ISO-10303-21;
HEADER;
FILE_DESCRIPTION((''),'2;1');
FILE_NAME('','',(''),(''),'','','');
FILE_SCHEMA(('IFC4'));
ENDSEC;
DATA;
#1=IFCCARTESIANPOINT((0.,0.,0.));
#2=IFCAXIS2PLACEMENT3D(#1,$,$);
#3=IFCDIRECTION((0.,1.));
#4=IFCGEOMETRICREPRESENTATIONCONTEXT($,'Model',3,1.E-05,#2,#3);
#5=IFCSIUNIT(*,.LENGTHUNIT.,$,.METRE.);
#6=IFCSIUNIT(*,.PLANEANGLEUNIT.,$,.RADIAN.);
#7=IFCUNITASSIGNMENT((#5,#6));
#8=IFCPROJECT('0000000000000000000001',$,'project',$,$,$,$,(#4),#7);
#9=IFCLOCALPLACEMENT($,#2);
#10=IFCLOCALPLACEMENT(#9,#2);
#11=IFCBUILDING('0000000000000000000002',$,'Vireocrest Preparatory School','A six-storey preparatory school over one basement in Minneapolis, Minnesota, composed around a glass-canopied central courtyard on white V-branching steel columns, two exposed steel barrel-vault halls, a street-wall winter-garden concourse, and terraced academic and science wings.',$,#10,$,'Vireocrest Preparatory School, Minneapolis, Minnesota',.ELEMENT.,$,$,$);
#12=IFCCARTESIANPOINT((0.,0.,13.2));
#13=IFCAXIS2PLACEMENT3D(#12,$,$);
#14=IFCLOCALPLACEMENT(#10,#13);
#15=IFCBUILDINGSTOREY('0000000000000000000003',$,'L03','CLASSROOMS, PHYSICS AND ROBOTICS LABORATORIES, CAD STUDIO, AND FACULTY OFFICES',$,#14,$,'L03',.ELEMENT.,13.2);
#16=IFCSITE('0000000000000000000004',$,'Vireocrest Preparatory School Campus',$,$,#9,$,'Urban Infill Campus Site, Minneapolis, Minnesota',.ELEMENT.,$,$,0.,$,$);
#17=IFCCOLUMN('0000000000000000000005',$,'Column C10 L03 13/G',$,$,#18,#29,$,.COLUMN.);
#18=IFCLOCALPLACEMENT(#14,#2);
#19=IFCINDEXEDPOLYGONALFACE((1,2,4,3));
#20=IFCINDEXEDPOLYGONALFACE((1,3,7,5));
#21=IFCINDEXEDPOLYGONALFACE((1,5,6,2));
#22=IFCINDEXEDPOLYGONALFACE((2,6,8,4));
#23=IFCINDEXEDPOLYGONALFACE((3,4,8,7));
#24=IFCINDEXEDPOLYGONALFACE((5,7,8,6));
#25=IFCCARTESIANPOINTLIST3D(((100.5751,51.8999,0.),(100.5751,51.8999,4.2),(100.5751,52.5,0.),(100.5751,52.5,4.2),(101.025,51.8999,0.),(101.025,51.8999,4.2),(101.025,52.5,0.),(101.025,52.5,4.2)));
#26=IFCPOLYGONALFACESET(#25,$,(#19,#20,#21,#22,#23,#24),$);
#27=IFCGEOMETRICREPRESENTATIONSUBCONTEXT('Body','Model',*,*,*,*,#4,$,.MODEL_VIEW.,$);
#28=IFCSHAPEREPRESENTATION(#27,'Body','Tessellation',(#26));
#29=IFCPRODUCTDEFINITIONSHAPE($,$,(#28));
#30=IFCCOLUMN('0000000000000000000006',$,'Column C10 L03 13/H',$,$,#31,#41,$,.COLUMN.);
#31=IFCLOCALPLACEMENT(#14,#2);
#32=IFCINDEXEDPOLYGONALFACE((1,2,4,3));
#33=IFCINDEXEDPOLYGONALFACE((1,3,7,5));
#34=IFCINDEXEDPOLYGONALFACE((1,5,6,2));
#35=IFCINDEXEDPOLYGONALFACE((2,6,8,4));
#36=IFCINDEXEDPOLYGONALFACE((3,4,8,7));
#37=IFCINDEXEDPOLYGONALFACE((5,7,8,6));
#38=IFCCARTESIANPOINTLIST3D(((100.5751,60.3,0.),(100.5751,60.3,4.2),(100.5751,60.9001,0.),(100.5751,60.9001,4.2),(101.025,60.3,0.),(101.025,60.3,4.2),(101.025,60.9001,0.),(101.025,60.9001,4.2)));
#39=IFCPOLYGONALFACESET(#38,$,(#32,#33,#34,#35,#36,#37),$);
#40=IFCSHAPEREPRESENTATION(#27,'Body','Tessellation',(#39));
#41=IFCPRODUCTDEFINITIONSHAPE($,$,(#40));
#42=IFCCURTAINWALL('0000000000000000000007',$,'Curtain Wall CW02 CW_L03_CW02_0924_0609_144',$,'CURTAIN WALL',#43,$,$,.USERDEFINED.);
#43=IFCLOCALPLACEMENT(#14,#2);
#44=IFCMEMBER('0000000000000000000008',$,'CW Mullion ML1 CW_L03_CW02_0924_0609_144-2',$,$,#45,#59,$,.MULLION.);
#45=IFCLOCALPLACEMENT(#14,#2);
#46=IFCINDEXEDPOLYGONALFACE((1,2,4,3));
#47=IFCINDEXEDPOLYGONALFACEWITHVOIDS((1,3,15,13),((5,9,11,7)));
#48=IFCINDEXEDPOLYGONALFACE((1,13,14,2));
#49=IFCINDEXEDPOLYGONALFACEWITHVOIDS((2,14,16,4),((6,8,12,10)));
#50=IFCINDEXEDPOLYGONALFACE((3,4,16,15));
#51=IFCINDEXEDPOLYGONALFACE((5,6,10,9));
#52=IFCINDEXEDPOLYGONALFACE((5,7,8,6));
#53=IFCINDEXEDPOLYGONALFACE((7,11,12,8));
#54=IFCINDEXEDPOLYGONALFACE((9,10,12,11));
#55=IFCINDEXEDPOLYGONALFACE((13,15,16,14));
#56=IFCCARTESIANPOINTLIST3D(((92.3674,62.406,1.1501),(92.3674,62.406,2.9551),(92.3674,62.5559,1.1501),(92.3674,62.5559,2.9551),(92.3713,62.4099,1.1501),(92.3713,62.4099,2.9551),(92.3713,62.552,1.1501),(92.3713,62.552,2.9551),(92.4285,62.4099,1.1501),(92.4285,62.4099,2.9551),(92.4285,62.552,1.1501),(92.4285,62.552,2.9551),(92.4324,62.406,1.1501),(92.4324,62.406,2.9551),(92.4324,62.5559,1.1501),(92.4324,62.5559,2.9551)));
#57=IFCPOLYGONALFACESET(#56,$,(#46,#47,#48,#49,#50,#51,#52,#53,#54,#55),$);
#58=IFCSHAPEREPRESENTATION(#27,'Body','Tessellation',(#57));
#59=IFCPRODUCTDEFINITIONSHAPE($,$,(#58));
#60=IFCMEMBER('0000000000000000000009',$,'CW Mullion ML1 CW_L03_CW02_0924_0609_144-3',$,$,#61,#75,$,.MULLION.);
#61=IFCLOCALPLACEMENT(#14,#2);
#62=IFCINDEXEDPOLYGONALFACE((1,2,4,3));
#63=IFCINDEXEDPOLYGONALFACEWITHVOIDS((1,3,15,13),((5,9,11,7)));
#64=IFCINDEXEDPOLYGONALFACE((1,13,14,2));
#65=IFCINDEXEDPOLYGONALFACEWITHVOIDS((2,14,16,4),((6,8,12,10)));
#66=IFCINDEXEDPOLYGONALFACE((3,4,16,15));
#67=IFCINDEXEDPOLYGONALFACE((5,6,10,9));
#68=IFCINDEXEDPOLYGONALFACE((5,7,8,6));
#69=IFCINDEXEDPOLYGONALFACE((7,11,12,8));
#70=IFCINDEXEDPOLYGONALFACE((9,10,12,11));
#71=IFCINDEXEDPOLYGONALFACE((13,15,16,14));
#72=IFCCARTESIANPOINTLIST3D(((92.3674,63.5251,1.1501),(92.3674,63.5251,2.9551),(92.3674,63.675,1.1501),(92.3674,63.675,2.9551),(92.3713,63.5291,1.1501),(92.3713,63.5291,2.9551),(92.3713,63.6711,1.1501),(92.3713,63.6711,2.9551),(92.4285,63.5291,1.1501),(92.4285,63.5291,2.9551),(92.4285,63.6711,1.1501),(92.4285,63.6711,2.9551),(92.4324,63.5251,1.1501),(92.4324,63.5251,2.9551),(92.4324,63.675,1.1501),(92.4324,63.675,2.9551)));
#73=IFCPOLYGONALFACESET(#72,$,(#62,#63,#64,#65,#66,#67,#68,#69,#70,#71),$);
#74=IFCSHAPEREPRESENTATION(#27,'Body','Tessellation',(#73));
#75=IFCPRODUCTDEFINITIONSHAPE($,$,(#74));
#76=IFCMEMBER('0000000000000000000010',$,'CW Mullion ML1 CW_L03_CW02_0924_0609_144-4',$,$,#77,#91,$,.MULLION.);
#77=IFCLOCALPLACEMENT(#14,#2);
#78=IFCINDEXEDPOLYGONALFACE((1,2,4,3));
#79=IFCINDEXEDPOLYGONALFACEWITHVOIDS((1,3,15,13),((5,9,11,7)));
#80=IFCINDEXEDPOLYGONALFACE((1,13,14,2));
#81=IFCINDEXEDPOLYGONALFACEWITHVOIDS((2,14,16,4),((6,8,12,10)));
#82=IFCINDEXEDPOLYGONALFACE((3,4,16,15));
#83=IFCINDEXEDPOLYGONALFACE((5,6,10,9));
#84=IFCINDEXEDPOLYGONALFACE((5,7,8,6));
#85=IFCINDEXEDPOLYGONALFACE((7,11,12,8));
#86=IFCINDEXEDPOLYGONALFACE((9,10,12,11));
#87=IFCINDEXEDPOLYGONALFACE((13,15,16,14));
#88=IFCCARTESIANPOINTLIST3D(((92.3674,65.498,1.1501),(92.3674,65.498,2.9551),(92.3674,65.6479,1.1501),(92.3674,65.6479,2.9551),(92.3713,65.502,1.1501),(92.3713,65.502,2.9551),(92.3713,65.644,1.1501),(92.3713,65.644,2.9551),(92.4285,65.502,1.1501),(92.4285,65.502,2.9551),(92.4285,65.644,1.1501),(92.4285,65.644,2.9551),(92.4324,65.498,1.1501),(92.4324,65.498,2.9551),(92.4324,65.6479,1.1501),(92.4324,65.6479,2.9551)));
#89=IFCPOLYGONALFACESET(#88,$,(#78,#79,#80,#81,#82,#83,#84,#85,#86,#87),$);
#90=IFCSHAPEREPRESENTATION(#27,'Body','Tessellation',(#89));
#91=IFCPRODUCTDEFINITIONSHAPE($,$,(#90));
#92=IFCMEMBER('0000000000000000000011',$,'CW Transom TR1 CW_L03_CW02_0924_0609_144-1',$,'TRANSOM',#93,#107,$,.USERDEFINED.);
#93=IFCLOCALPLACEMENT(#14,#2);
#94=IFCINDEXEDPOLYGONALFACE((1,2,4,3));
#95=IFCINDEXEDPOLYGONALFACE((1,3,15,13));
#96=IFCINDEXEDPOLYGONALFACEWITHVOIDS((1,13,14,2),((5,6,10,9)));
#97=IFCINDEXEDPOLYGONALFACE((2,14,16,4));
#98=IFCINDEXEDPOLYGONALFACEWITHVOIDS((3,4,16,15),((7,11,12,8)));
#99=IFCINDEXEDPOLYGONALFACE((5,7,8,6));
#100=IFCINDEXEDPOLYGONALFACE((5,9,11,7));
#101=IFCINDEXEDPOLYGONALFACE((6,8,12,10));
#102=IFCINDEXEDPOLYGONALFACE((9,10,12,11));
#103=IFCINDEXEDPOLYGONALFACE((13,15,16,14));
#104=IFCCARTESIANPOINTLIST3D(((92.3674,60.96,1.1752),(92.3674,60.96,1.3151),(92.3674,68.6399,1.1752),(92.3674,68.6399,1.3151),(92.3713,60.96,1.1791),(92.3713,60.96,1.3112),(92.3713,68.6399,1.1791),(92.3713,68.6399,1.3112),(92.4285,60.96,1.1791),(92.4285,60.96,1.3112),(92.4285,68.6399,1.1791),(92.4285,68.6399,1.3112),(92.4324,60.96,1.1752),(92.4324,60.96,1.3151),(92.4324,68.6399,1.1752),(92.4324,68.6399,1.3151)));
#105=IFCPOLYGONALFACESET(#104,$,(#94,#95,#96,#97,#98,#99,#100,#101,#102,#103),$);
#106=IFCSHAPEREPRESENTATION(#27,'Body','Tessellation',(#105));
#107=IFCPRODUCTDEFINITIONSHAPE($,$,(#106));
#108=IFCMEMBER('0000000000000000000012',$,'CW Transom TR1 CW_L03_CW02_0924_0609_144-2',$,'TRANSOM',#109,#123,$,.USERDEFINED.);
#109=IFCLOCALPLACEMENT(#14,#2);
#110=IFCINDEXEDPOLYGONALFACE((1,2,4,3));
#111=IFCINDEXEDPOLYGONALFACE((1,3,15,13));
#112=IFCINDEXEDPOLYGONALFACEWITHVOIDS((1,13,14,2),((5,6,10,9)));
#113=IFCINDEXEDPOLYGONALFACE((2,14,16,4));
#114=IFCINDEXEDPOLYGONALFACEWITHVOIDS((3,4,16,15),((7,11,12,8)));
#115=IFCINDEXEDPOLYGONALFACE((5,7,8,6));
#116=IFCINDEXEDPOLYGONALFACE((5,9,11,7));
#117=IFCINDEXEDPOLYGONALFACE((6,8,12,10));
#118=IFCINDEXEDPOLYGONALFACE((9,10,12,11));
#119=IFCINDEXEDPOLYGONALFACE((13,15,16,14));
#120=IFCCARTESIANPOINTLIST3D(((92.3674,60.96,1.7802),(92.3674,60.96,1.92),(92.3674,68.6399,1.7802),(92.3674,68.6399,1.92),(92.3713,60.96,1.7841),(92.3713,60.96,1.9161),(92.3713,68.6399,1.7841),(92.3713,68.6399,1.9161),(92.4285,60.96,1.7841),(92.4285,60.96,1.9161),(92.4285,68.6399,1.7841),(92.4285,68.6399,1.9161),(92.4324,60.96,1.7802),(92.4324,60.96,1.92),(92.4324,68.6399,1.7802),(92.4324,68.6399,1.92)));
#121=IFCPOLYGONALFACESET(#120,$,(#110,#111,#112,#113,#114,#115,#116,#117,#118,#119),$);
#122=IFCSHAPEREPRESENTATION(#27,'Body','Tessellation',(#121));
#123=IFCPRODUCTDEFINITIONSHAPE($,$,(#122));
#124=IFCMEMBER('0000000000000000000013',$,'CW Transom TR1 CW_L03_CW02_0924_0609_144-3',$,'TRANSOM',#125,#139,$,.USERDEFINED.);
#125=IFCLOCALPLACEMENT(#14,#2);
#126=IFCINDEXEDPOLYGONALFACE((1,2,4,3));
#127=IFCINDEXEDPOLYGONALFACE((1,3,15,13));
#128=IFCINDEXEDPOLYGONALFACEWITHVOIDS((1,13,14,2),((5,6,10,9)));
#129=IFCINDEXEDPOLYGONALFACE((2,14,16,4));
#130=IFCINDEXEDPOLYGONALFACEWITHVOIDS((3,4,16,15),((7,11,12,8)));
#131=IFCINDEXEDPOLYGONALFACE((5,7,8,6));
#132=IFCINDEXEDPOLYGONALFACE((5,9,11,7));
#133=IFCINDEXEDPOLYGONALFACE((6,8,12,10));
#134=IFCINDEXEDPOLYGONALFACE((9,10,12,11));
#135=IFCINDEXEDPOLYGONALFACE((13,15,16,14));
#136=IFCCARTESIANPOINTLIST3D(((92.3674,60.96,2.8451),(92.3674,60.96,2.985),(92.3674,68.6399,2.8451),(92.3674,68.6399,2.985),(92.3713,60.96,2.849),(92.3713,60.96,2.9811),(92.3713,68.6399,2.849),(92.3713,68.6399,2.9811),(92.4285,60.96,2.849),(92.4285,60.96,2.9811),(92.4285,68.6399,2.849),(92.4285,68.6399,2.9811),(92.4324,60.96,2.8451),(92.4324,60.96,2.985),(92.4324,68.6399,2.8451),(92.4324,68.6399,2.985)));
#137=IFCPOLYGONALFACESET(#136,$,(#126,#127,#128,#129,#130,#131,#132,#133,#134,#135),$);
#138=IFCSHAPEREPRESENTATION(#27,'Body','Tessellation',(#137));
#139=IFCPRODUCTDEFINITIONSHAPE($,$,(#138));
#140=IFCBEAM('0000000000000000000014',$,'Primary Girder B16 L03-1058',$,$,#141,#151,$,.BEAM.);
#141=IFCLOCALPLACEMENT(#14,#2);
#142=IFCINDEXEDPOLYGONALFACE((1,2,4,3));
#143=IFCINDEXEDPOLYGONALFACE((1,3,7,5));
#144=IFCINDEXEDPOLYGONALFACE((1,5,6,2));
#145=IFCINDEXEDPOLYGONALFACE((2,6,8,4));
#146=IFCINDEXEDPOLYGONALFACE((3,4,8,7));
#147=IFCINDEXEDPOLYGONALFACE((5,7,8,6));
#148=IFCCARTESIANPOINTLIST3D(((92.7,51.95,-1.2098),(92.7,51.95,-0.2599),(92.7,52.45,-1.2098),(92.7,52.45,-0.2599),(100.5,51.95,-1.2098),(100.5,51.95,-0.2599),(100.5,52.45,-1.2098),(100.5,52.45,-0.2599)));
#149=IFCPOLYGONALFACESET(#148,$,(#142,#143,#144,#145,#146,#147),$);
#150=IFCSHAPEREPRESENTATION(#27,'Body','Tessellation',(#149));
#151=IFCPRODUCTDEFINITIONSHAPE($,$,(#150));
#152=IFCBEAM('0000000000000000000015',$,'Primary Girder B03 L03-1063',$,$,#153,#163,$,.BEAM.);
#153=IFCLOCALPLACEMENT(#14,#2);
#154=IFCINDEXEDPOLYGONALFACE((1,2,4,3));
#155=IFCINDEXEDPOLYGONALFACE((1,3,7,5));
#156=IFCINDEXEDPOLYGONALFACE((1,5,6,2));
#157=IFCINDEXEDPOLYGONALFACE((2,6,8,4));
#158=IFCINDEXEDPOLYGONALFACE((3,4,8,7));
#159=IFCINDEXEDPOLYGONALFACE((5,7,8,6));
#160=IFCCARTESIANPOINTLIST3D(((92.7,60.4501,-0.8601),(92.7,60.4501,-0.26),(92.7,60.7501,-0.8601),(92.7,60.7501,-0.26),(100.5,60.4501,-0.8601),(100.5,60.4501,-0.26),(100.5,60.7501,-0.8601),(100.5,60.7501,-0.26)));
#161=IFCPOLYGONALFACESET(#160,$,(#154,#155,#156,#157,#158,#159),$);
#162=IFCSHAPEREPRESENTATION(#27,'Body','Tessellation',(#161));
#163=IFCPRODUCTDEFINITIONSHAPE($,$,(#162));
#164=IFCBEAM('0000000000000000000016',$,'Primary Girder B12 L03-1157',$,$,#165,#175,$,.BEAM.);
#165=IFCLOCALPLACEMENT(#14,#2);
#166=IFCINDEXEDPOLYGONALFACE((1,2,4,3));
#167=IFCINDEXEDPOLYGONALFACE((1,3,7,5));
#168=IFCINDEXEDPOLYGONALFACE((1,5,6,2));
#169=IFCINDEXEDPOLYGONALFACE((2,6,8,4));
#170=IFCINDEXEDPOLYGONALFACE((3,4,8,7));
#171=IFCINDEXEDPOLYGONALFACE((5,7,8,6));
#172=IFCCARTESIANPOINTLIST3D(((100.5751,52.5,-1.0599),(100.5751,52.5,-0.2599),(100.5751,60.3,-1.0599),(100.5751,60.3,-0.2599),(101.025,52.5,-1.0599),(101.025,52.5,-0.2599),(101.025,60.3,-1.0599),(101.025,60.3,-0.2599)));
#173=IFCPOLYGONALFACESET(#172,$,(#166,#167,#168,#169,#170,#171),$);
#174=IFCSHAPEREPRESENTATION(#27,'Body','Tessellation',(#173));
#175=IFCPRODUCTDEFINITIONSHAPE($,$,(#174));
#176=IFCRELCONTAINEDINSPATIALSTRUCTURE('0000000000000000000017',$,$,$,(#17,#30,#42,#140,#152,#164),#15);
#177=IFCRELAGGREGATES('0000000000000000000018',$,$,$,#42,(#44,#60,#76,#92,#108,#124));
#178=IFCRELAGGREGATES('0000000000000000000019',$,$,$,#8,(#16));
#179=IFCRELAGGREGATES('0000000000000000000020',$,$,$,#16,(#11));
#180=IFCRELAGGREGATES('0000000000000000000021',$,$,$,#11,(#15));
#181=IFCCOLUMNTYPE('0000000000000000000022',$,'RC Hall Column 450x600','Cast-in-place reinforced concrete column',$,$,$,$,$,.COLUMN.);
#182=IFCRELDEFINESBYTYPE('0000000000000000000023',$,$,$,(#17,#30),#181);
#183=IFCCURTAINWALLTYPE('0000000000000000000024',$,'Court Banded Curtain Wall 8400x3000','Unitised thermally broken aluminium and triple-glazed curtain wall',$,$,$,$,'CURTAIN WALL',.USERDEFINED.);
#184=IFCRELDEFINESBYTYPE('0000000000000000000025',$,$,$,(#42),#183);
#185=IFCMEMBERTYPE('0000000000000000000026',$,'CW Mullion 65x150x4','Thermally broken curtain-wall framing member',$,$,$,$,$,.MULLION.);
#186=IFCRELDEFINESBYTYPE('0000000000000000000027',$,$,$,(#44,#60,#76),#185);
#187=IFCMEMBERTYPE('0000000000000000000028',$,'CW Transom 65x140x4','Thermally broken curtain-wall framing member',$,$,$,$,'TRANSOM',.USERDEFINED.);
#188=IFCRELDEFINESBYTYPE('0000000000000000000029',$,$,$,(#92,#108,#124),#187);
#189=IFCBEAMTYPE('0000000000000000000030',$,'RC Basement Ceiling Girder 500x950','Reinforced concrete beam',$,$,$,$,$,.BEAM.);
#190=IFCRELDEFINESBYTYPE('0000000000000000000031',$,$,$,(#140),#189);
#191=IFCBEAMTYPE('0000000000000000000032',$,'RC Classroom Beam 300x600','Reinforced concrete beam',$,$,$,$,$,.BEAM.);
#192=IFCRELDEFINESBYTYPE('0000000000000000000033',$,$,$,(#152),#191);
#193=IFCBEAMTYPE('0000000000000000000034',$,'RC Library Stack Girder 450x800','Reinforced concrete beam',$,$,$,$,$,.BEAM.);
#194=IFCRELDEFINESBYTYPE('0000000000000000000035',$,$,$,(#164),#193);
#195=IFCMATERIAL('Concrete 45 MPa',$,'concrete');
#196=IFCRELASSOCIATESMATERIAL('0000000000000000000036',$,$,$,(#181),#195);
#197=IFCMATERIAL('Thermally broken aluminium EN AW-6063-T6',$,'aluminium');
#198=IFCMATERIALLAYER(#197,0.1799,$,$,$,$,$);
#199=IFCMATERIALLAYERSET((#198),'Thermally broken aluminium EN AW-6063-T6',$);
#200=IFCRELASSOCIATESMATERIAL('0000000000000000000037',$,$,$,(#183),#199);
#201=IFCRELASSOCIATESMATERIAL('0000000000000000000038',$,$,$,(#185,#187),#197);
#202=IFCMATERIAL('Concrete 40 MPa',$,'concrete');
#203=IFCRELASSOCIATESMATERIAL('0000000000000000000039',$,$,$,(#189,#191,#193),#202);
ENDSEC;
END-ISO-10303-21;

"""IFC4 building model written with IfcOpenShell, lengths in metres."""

from ifc_helpers import new_model, si_unit, direction, frame, origin, origin_2d, place, context, subcontext, project, spatial, rectangle, hollow_rectangle, extrude, material, layer, layer_set, material_profile, profile_set, type_object, element, aggregate, save


model = new_model("IFC4")

# Units and contexts
model_context = context("Model", 3, precision=1e-05, world=origin(), true_north=direction((0.0, 1.0)))
body_context = subcontext(model_context, "Body", "Model", "MODEL_VIEW")
ifc_project = project(units=[si_unit("LENGTHUNIT", "METRE"), si_unit("PLANEANGLEUNIT", "RADIAN")], contexts=[model_context])

# Site, building, storey
site_placement = place(None, origin())
site = spatial("IfcSite", under=ifc_project, at=site_placement, Name="Vireocrest Preparatory School Campus", LongName="Urban Infill Campus Site, Minneapolis, Minnesota", CompositionType="ELEMENT", RefElevation=0.0)
building_placement = place(site_placement, origin())
building = spatial("IfcBuilding", under=site, at=building_placement, Name="Vireocrest Preparatory School", Description="A six-storey preparatory school over one basement in Minneapolis, Minnesota, composed around a glass-canopied central courtyard on white V-branching steel columns, two exposed steel barrel-vault halls, a street-wall winter-garden concourse, and terraced academic and science wings.", LongName="Vireocrest Preparatory School, Minneapolis, Minnesota", CompositionType="ELEMENT")
storey_placement = place(building_placement, frame((0.0, 0.0, 13.2)))
storey = spatial("IfcBuildingStorey", under=building, at=storey_placement, Name="L03", Description="CLASSROOMS, PHYSICS AND ROBOTICS LABORATORIES, CAD STUDIO, AND FACULTY OFFICES", LongName="L03", CompositionType="ELEMENT", Elevation=13.2)

# Columns
ifc_material_1 = material(Name="Concrete 45 MPa", Category="concrete")
ifc_material_profile_1 = material_profile(ifc_material_1, rectangle(XDim=0.45, YDim=0.6001, at=origin_2d()), Name="RC 450x600")
ifc_profile_set_1 = profile_set([ifc_material_profile_1], Name="Concrete 45 MPa")
column_type = type_object("IfcColumnType", Name="RC Hall Column 450x600", Description="Cast-in-place reinforced concrete column", PredefinedType="COLUMN", material=ifc_profile_set_1)
for number, where, z_axis, x_axis, name in (
    (1, (100.8, 52.2, 0.0), (0.0, 0.0, 1.0), (1.0, 0.0, 0.0), "Column C10 L03 13/G"),
    (2, (100.8, 60.6001, 0.0), (0.0, 0.0, 1.0), (1.0, 0.0, 0.0), "Column C10 L03 13/H"),
):
    element("IfcColumn", number, at=place(storey_placement, frame(where, z_axis=z_axis, x_axis=x_axis)), inside=storey, type_object=column_type, Name=name, PredefinedType="COLUMN", context=body_context, shape_type="SweptSolid", body=[
        extrude(rectangle(XDim=0.45, YDim=0.6001, at=origin_2d()), origin(), (0.0, 0.0, 1.0), 4.2),
    ])

# Curtain wall, members
ifc_material_2 = material(Name="Thermally broken aluminium EN AW-6063-T6", Category="aluminium")
ifc_layer_1 = layer(ifc_material_2, 0.1799)
ifc_layer_set_1 = layer_set([ifc_layer_1], Name="Thermally broken aluminium EN AW-6063-T6")
curtain_wall_type = type_object("IfcCurtainWallType", Name="Court Banded Curtain Wall 8400x3000", Description="Unitised thermally broken aluminium and triple-glazed curtain wall", ElementType="CURTAIN WALL", PredefinedType="USERDEFINED", material=ifc_layer_set_1)
curtain_wall_placement = place(storey_placement, origin())
curtain_wall = element("IfcCurtainWall", 3, at=curtain_wall_placement, inside=storey, type_object=curtain_wall_type, Name="Curtain Wall CW02 CW_L03_CW02_0924_0609_144", ObjectType="CURTAIN WALL", PredefinedType="USERDEFINED")
ifc_material_profile_2 = material_profile(ifc_material_2, hollow_rectangle(XDim=0.0649, YDim=0.1499, WallThickness=0.0039, at=origin_2d()), Name="ALU 65x150x4")
ifc_profile_set_2 = profile_set([ifc_material_profile_2], Name="Thermally broken aluminium EN AW-6063-T6")
member_type_1 = type_object("IfcMemberType", Name="CW Mullion 65x150x4", Description="Thermally broken curtain-wall framing member", PredefinedType="MULLION", material=ifc_profile_set_2)
member_1_placement = place(storey_placement, frame((92.3999, 62.481, 1.1501), z_axis=(0.0, 0.0, 1.0), x_axis=(1.0, 0.0, 0.0)))
member_1 = element("IfcMember", 4, at=member_1_placement, type_object=member_type_1, Name="CW Mullion ML1 CW_L03_CW02_0924_0609_144-2", PredefinedType="MULLION", context=body_context, shape_type="SweptSolid", body=[
    extrude(hollow_rectangle(XDim=0.0649, YDim=0.1499, WallThickness=0.0039, at=origin_2d()), origin(), (0.0, 0.0, 1.0), 1.8049),
])
member_2_placement = place(storey_placement, frame((92.3999, 63.6001, 1.1501), z_axis=(0.0, 0.0, 1.0), x_axis=(1.0, 0.0, 0.0)))
member_2 = element("IfcMember", 5, at=member_2_placement, type_object=member_type_1, Name="CW Mullion ML1 CW_L03_CW02_0924_0609_144-3", PredefinedType="MULLION", context=body_context, shape_type="SweptSolid", body=[
    extrude(hollow_rectangle(XDim=0.0649, YDim=0.1499, WallThickness=0.0039, at=origin_2d()), origin(), (0.0, 0.0, 1.0), 1.8049),
])
member_3_placement = place(storey_placement, frame((92.3999, 65.573, 1.1501), z_axis=(0.0, 0.0, 1.0), x_axis=(1.0, 0.0, 0.0)))
member_3 = element("IfcMember", 6, at=member_3_placement, type_object=member_type_1, Name="CW Mullion ML1 CW_L03_CW02_0924_0609_144-4", PredefinedType="MULLION", context=body_context, shape_type="SweptSolid", body=[
    extrude(hollow_rectangle(XDim=0.0649, YDim=0.1499, WallThickness=0.0039, at=origin_2d()), origin(), (0.0, 0.0, 1.0), 1.8049),
])
ifc_material_profile_3 = material_profile(ifc_material_2, hollow_rectangle(XDim=0.0649, YDim=0.1399, WallThickness=0.0039, at=origin_2d()), Name="ALU 65x140x4")
ifc_profile_set_3 = profile_set([ifc_material_profile_3], Name="Thermally broken aluminium EN AW-6063-T6")
member_type_2 = type_object("IfcMemberType", Name="CW Transom 65x140x4", Description="Thermally broken curtain-wall framing member", ElementType="TRANSOM", PredefinedType="USERDEFINED", material=ifc_profile_set_3)
member_4_placement = place(storey_placement, frame((92.3999, 60.96, 1.2451), z_axis=(0.0, 1.0, 0.0), x_axis=(-1.0, 0.0, 0.0)))
member_4 = element("IfcMember", 7, at=member_4_placement, type_object=member_type_2, Name="CW Transom TR1 CW_L03_CW02_0924_0609_144-1", ObjectType="TRANSOM", PredefinedType="USERDEFINED", context=body_context, shape_type="SweptSolid", body=[
    extrude(hollow_rectangle(XDim=0.0649, YDim=0.1399, WallThickness=0.0039, at=origin_2d()), origin(), (0.0, 0.0, 1.0), 7.6799),
])
member_5_placement = place(storey_placement, frame((92.3999, 60.96, 1.8501), z_axis=(0.0, 1.0, 0.0), x_axis=(-1.0, 0.0, 0.0)))
member_5 = element("IfcMember", 8, at=member_5_placement, type_object=member_type_2, Name="CW Transom TR1 CW_L03_CW02_0924_0609_144-2", ObjectType="TRANSOM", PredefinedType="USERDEFINED", context=body_context, shape_type="SweptSolid", body=[
    extrude(hollow_rectangle(XDim=0.0649, YDim=0.1399, WallThickness=0.0039, at=origin_2d()), origin(), (0.0, 0.0, 1.0), 7.6799),
])
member_6_placement = place(storey_placement, frame((92.3999, 60.96, 2.915), z_axis=(0.0, 1.0, 0.0), x_axis=(-1.0, 0.0, 0.0)))
member_6 = element("IfcMember", 9, at=member_6_placement, type_object=member_type_2, Name="CW Transom TR1 CW_L03_CW02_0924_0609_144-3", ObjectType="TRANSOM", PredefinedType="USERDEFINED", context=body_context, shape_type="SweptSolid", body=[
    extrude(hollow_rectangle(XDim=0.0649, YDim=0.1399, WallThickness=0.0039, at=origin_2d()), origin(), (0.0, 0.0, 1.0), 7.6799),
])

# Beams
ifc_material_3 = material(Name="Concrete 40 MPa", Category="concrete")
ifc_material_profile_4 = material_profile(ifc_material_3, rectangle(XDim=0.5, YDim=0.95, at=origin_2d()), Name="RC 500x950")
ifc_profile_set_4 = profile_set([ifc_material_profile_4], Name="Concrete 40 MPa")
beam_type_1 = type_object("IfcBeamType", Name="RC Basement Ceiling Girder 500x950", Description="Reinforced concrete beam", PredefinedType="BEAM", material=ifc_profile_set_4)
beam_1_placement = place(storey_placement, frame((92.7, 52.2, -0.7349), z_axis=(1.0, 0.0, 0.0), x_axis=(0.0, 1.0, 0.0)))
element("IfcBeam", 10, at=beam_1_placement, inside=storey, type_object=beam_type_1, Name="Primary Girder B16 L03-1058", PredefinedType="BEAM", context=body_context, shape_type="SweptSolid", body=[
    extrude(rectangle(XDim=0.5, YDim=0.95, at=origin_2d()), origin(), (0.0, 0.0, 1.0), 7.8),
])
ifc_material_profile_5 = material_profile(ifc_material_3, rectangle(XDim=0.3, YDim=0.6001, at=origin_2d()), Name="RC 300x600")
ifc_profile_set_5 = profile_set([ifc_material_profile_5], Name="Concrete 40 MPa")
beam_type_2 = type_object("IfcBeamType", Name="RC Classroom Beam 300x600", Description="Reinforced concrete beam", PredefinedType="BEAM", material=ifc_profile_set_5)
beam_2_placement = place(storey_placement, frame((92.7, 60.6001, -0.5601), z_axis=(1.0, 0.0, 0.0), x_axis=(0.0, 1.0, 0.0)))
element("IfcBeam", 11, at=beam_2_placement, inside=storey, type_object=beam_type_2, Name="Primary Girder B03 L03-1063", PredefinedType="BEAM", context=body_context, shape_type="SweptSolid", body=[
    extrude(rectangle(XDim=0.3, YDim=0.6001, at=origin_2d()), origin(), (0.0, 0.0, 1.0), 7.8),
])
ifc_material_profile_6 = material_profile(ifc_material_3, rectangle(XDim=0.45, YDim=0.8, at=origin_2d()), Name="RC 450x800")
ifc_profile_set_6 = profile_set([ifc_material_profile_6], Name="Concrete 40 MPa")
beam_type_3 = type_object("IfcBeamType", Name="RC Library Stack Girder 450x800", Description="Reinforced concrete beam", PredefinedType="BEAM", material=ifc_profile_set_6)
beam_3_placement = place(storey_placement, frame((100.8, 52.5, -0.6599), z_axis=(0.0, 1.0, 0.0), x_axis=(-1.0, 0.0, 0.0)))
element("IfcBeam", 12, at=beam_3_placement, inside=storey, type_object=beam_type_3, Name="Primary Girder B12 L03-1157", PredefinedType="BEAM", context=body_context, shape_type="SweptSolid", body=[
    extrude(rectangle(XDim=0.45, YDim=0.8, at=origin_2d()), origin(), (0.0, 0.0, 1.0), 7.8),
])

aggregate(curtain_wall, [member_1, member_2, member_3, member_4, member_5, member_6])

save(model, "model.ifc")
